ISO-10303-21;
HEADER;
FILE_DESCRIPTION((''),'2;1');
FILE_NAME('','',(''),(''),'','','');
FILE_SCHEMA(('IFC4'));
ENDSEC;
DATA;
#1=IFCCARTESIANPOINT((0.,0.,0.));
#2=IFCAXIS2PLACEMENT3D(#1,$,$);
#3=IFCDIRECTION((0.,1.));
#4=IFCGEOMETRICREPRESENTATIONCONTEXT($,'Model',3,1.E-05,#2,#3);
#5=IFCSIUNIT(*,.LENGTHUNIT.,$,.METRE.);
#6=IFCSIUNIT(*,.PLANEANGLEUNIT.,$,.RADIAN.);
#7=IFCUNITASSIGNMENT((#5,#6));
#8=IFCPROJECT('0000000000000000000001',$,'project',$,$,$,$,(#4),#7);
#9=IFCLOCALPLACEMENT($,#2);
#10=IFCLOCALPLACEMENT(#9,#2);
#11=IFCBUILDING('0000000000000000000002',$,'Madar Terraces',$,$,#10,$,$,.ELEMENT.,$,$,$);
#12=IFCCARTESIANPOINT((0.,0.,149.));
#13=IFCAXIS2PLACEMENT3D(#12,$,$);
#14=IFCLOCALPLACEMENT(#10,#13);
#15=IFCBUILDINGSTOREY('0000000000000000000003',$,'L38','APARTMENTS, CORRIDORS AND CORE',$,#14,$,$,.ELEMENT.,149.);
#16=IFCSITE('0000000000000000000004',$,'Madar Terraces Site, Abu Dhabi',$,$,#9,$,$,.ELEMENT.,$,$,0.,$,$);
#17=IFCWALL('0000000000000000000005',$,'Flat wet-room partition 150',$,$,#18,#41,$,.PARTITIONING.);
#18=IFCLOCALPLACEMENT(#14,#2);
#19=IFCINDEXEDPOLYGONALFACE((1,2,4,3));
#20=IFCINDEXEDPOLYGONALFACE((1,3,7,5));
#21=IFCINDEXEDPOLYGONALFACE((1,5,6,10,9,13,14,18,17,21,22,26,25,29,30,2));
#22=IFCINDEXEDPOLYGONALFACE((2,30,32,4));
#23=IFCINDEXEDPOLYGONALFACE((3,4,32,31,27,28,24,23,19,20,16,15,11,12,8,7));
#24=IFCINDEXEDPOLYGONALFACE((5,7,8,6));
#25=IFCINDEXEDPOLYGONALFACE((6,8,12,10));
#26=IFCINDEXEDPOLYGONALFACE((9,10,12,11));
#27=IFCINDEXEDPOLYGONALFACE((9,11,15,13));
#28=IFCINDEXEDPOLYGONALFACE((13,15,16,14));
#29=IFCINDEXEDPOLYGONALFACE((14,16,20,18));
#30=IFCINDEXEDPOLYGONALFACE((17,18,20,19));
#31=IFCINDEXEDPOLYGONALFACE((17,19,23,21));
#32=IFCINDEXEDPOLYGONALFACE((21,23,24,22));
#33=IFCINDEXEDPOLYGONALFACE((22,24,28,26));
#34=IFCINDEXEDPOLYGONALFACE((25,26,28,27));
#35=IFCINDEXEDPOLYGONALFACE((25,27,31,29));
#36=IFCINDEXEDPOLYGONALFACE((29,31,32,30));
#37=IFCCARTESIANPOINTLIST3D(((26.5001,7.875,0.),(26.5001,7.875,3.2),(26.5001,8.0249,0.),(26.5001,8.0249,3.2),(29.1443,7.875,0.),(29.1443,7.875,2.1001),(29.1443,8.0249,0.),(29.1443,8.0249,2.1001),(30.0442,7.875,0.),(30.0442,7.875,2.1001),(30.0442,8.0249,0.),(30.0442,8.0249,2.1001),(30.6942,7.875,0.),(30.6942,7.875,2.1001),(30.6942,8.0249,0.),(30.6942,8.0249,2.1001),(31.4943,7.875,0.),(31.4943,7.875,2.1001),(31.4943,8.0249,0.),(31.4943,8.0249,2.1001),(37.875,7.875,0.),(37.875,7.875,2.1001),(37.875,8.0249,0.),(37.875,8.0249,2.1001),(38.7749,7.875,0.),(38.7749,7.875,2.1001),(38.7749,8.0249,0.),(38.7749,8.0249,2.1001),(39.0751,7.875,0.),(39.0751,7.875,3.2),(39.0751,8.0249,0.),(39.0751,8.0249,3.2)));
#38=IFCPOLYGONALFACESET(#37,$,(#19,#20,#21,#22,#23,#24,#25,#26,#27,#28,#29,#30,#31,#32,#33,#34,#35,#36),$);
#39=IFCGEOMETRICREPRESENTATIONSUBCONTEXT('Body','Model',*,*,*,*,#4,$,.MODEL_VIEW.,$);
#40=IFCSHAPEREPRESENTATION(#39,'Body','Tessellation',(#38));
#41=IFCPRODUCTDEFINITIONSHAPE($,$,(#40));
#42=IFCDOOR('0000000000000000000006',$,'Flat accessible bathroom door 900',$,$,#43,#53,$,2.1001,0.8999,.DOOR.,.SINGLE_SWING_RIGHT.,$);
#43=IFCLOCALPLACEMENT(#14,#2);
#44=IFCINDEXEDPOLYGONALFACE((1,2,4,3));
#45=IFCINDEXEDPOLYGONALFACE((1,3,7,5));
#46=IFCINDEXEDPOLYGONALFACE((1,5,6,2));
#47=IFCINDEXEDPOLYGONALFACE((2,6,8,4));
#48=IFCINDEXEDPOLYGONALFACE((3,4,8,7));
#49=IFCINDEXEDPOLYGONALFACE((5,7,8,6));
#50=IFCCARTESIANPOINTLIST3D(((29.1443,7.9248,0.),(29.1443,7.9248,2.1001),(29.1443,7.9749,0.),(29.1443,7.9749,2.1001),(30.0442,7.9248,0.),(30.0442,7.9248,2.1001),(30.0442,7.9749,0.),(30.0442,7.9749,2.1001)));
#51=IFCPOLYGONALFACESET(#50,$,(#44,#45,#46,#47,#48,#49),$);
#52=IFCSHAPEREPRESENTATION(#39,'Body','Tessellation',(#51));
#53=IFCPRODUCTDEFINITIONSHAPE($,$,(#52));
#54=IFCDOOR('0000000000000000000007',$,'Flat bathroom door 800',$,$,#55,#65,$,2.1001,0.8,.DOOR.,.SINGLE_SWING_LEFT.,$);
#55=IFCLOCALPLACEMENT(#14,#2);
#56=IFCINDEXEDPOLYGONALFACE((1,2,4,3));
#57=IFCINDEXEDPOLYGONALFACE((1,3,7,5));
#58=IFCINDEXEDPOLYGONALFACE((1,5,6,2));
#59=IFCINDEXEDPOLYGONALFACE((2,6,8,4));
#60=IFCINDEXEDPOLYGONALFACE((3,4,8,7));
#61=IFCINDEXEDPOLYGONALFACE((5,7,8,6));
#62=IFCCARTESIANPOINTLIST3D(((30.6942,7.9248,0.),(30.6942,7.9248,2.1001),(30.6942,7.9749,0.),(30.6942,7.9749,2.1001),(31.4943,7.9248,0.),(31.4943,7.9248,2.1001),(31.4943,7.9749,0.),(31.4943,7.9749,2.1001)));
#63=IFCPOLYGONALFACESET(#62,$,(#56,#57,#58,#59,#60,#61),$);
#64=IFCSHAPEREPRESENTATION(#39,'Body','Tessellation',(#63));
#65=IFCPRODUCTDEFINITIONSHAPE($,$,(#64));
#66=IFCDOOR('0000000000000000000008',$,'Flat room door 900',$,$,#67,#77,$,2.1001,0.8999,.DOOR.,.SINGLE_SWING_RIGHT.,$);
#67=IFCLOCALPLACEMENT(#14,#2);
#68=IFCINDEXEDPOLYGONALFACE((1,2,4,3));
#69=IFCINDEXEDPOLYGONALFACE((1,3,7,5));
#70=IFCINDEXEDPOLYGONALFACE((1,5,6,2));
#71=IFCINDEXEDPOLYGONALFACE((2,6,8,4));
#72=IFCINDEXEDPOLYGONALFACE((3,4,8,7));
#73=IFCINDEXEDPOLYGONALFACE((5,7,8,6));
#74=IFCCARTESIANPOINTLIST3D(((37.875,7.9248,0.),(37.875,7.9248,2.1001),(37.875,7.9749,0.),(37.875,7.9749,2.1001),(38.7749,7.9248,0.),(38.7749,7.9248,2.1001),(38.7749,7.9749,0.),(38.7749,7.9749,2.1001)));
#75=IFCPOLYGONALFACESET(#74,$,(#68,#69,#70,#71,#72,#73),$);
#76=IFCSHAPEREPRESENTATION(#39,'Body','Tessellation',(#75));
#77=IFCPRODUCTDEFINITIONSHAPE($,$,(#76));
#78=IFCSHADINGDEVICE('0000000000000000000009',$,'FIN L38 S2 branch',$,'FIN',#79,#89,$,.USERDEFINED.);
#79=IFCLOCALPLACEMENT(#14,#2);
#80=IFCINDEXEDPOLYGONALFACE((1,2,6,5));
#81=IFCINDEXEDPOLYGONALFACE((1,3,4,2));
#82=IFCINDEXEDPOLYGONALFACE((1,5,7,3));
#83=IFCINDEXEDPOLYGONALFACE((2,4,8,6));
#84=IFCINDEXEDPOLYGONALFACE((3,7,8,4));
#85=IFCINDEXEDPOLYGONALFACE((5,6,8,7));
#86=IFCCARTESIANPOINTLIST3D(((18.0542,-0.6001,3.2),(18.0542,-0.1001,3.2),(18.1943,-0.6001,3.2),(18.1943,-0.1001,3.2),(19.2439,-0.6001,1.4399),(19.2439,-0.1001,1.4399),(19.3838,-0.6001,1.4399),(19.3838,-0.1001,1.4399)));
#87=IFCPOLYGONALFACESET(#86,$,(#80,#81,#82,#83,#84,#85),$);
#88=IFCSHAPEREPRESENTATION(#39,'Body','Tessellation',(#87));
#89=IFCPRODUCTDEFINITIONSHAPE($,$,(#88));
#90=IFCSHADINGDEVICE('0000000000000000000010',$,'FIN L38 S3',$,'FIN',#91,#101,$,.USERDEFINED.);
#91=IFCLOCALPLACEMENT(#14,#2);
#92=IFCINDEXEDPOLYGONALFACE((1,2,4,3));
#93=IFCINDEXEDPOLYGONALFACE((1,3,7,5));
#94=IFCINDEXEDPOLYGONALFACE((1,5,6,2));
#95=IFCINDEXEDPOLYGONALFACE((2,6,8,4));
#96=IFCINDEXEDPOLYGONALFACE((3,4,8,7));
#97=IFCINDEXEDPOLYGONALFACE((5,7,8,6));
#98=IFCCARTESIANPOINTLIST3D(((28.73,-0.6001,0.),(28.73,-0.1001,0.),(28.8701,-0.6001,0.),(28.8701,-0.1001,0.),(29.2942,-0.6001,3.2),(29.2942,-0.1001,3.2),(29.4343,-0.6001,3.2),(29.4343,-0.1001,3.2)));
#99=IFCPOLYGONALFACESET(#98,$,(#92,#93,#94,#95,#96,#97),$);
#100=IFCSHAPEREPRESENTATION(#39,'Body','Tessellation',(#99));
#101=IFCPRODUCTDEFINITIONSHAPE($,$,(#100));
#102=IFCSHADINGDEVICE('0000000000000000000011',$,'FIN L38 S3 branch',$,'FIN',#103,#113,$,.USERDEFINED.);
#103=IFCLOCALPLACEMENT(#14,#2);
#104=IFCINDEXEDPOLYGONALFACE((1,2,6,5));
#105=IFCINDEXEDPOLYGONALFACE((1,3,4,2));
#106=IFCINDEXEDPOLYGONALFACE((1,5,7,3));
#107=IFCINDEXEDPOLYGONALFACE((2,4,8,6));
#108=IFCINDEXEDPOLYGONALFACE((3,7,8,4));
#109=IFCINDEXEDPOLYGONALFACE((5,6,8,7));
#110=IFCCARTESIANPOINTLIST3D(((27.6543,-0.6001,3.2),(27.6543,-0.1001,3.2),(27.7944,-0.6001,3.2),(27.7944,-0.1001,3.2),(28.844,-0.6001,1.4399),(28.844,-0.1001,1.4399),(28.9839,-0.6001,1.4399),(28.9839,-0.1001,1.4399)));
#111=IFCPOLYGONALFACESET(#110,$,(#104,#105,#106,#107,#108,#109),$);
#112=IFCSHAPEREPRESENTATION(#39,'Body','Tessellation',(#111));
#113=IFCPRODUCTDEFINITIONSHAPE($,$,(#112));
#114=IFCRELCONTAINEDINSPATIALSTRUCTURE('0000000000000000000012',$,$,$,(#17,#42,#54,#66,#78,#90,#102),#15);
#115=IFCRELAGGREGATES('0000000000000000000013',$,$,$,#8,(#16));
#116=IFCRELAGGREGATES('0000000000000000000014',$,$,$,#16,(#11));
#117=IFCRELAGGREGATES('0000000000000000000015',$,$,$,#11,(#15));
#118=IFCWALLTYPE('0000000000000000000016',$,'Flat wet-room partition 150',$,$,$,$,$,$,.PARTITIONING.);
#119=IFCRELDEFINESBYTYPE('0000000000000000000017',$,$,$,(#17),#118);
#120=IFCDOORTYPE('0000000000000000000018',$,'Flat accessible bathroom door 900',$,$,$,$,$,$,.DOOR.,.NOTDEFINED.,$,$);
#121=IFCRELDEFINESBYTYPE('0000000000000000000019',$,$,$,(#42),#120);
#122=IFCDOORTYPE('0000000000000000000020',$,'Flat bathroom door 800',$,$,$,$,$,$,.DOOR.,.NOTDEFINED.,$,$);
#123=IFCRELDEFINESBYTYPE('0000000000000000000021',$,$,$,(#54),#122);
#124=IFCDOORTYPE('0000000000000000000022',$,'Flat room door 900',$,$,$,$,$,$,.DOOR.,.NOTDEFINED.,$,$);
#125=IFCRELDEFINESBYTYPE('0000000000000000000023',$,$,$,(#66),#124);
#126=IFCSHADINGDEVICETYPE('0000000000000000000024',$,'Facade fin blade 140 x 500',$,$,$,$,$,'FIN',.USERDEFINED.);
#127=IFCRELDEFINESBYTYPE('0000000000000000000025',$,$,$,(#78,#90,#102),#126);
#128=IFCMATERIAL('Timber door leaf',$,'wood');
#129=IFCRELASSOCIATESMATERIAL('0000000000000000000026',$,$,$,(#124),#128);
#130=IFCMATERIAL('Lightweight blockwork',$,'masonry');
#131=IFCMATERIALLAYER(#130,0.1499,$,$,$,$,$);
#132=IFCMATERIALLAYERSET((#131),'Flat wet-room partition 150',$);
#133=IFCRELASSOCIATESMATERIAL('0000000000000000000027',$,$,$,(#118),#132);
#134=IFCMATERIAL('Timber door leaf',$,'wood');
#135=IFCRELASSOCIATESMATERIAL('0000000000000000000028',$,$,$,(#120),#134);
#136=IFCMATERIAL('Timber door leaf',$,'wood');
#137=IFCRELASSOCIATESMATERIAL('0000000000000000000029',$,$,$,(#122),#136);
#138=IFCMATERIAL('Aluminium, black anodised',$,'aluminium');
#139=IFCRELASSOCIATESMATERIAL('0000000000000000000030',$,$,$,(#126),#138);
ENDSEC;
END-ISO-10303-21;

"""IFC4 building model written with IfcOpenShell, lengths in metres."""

from ifc_helpers import new_model, si_unit, direction, frame, frame_2d, origin, place, context, subcontext, project, spatial, polyline, rectangle, outline, extrude, material, layer, layer_set, type_object, element, fill, save


model = new_model("IFC4")

# Units and contexts
model_context = context("Model", 3, precision=1e-05, world=origin(), true_north=direction((0.0, 1.0)))
body_context = subcontext(model_context, "Body", "Model", "MODEL_VIEW")
ifc_project = project(units=[si_unit("LENGTHUNIT", "METRE"), si_unit("PLANEANGLEUNIT", "RADIAN")], contexts=[model_context])

# Site, building, storey
site_placement = place(None, origin())
site = spatial("IfcSite", under=ifc_project, at=site_placement, Name="Madar Terraces Site, Abu Dhabi", CompositionType="ELEMENT", RefElevation=0.0)
building_placement = place(site_placement, origin())
building = spatial("IfcBuilding", under=site, at=building_placement, Name="Madar Terraces", CompositionType="ELEMENT")
storey_placement = place(building_placement, frame((0.0, 0.0, 149.0)))
storey = spatial("IfcBuildingStorey", under=building, at=storey_placement, Name="L38", Description="APARTMENTS, CORRIDORS AND CORE", CompositionType="ELEMENT", Elevation=149.0)

# Wall, openings, doors
ifc_material_1 = material(Name="Timber door leaf", Category="wood")
door_type_1 = type_object("IfcDoorType", Name="Flat room door 900", OperationType="NOTDEFINED", PredefinedType="DOOR", material=ifc_material_1)
ifc_material_2 = material(Name="Lightweight blockwork", Category="masonry")
ifc_layer_1 = layer(ifc_material_2, 0.1499)
ifc_layer_set_1 = layer_set([ifc_layer_1], Name="Flat wet-room partition 150")
wall_type_1 = type_object("IfcWallType", Name="Flat wet-room partition 150", PredefinedType="PARTITIONING", material=ifc_layer_set_1)
wall_1_placement = place(storey_placement, frame((26.5, 7.95, 0.0), z_axis=(0.0, 0.0, 1.0), x_axis=(1.0, 0.0, 0.0)))
wall_1 = element("IfcWall", 1, at=wall_1_placement, inside=storey, type_object=wall_type_1, Name="Flat wet-room partition 150", PredefinedType="PARTITIONING", context=body_context, shape_type="SweptSolid", body=[
    extrude(rectangle(XDim=12.575, YDim=0.1499, at=frame_2d((6.2876, 0.0))), origin(), (0.0, 0.0, 1.0), 3.2),
])
opening_1_placement = place(wall_1_placement, frame((11.375, 0.0, 0.0)))
opening_1 = element("IfcOpeningElement", 2, at=opening_1_placement, cuts=wall_1, PredefinedType="OPENING", context=body_context, shape_type="SweptSolid", body=[
    extrude(rectangle(XDim=0.8999, YDim=2.1001, at=frame_2d((0.45, 1.05))), frame((0.0, 0.085, 0.0), z_axis=(0.0, -1.0, 0.0), x_axis=(1.0, 0.0, 0.0)), (0.0, 0.0, 1.0), 0.1699),
])
opening_2_placement = place(wall_1_placement, frame((4.1943, 0.0, 0.0)))
opening_2 = element("IfcOpeningElement", 3, at=opening_2_placement, cuts=wall_1, PredefinedType="OPENING", context=body_context, shape_type="SweptSolid", body=[
    extrude(rectangle(XDim=0.8, YDim=2.1001, at=frame_2d((0.3999, 1.05))), frame((0.0, 0.085, 0.0), z_axis=(0.0, -1.0, 0.0), x_axis=(1.0, 0.0, 0.0)), (0.0, 0.0, 1.0), 0.1699),
])
opening_3_placement = place(wall_1_placement, frame((2.6443, 0.0, 0.0)))
opening_3 = element("IfcOpeningElement", 4, at=opening_3_placement, cuts=wall_1, PredefinedType="OPENING", context=body_context, shape_type="SweptSolid", body=[
    extrude(rectangle(XDim=0.8999, YDim=2.1001, at=frame_2d((0.45, 1.05))), frame((0.0, 0.085, 0.0), z_axis=(0.0, -1.0, 0.0), x_axis=(1.0, 0.0, 0.0)), (0.0, 0.0, 1.0), 0.1699),
])
ifc_material_3 = material(Name="Timber door leaf", Category="wood")
door_type_2 = type_object("IfcDoorType", Name="Flat accessible bathroom door 900", OperationType="NOTDEFINED", PredefinedType="DOOR", material=ifc_material_3)
door_1_placement = place(opening_3_placement, origin())
door_1 = element("IfcDoor", 5, at=door_1_placement, inside=storey, type_object=door_type_2, Name="Flat accessible bathroom door 900", OperationType="SINGLE_SWING_RIGHT", OverallHeight=2.1001, OverallWidth=0.8999, PredefinedType="DOOR", context=body_context, shape_type="SweptSolid", body=[
    extrude(rectangle(XDim=0.8999, YDim=2.1001, at=frame_2d((0.45, 1.05))), frame((0.0, 0.0249, 0.0), z_axis=(0.0, -1.0, 0.0), x_axis=(1.0, 0.0, 0.0)), (0.0, 0.0, 1.0), 0.05),
])
fill(opening_3, door_1)
ifc_material_4 = material(Name="Timber door leaf", Category="wood")
door_type_3 = type_object("IfcDoorType", Name="Flat bathroom door 800", OperationType="NOTDEFINED", PredefinedType="DOOR", material=ifc_material_4)
door_2_placement = place(opening_2_placement, origin())
door_2 = element("IfcDoor", 6, at=door_2_placement, inside=storey, type_object=door_type_3, Name="Flat bathroom door 800", OperationType="SINGLE_SWING_LEFT", OverallHeight=2.1001, OverallWidth=0.8, PredefinedType="DOOR", context=body_context, shape_type="SweptSolid", body=[
    extrude(rectangle(XDim=0.8, YDim=2.1001, at=frame_2d((0.3999, 1.05))), frame((0.0, 0.0249, 0.0), z_axis=(0.0, -1.0, 0.0), x_axis=(1.0, 0.0, 0.0)), (0.0, 0.0, 1.0), 0.05),
])
fill(opening_2, door_2)
door_3_placement = place(opening_1_placement, origin())
door_3 = element("IfcDoor", 7, at=door_3_placement, inside=storey, type_object=door_type_1, Name="Flat room door 900", OperationType="SINGLE_SWING_RIGHT", OverallHeight=2.1001, OverallWidth=0.8999, PredefinedType="DOOR", context=body_context, shape_type="SweptSolid", body=[
    extrude(rectangle(XDim=0.8999, YDim=2.1001, at=frame_2d((0.45, 1.05))), frame((0.0, 0.0249, 0.0), z_axis=(0.0, -1.0, 0.0), x_axis=(1.0, 0.0, 0.0)), (0.0, 0.0, 1.0), 0.05),
])
fill(opening_1, door_3)

# Shading devices
ifc_material_5 = material(Name="Aluminium, black anodised", Category="aluminium")
shading_device_type = type_object("IfcShadingDeviceType", Name="Facade fin blade 140 x 500", ElementType="FIN", PredefinedType="USERDEFINED", material=ifc_material_5)
shading_device_1_placement = place(storey_placement, frame((19.2439, -0.3501, 1.4399), z_axis=(0.0, 0.0, 1.0), x_axis=(1.0, 0.0, 0.0)))
element("IfcShadingDevice", 8, at=shading_device_1_placement, inside=storey, type_object=shading_device_type, Name="FIN L38 S2 branch", ObjectType="FIN", PredefinedType="USERDEFINED", context=body_context, shape_type="SweptSolid", body=[
    extrude(outline(polyline([(0.0, 0.0), (0.1399, 0.0), (-1.0496, 1.76), (-1.1897, 1.76), (0.0, 0.0)])), frame((0.0, 0.25, 0.0), z_axis=(0.0, -1.0, 0.0), x_axis=(1.0, 0.0, 0.0)), (0.0, 0.0, 1.0), 0.5),
])
shading_device_2_placement = place(storey_placement, frame((28.73, -0.3501, 0.0), z_axis=(0.0, 0.0, 1.0), x_axis=(1.0, 0.0, 0.0)))
element("IfcShadingDevice", 9, at=shading_device_2_placement, inside=storey, type_object=shading_device_type, Name="FIN L38 S3", ObjectType="FIN", PredefinedType="USERDEFINED", context=body_context, shape_type="SweptSolid", body=[
    extrude(outline(polyline([(0.0, 0.0), (0.1401, 0.0), (0.7043, 3.2), (0.5642, 3.2), (0.0, 0.0)])), frame((0.0, 0.25, 0.0), z_axis=(0.0, -1.0, 0.0), x_axis=(1.0, 0.0, 0.0)), (0.0, 0.0, 1.0), 0.5),
])
shading_device_3_placement = place(storey_placement, frame((28.844, -0.3501, 1.4399), z_axis=(0.0, 0.0, 1.0), x_axis=(1.0, 0.0, 0.0)))
element("IfcShadingDevice", 10, at=shading_device_3_placement, inside=storey, type_object=shading_device_type, Name="FIN L38 S3 branch", ObjectType="FIN", PredefinedType="USERDEFINED", context=body_context, shape_type="SweptSolid", body=[
    extrude(outline(polyline([(0.0, 0.0), (0.1399, 0.0), (-1.0496, 1.76), (-1.1897, 1.76), (0.0, 0.0)])), frame((0.0, 0.25, 0.0), z_axis=(0.0, -1.0, 0.0), x_axis=(1.0, 0.0, 0.0)), (0.0, 0.0, 1.0), 0.5),
])

save(model, "model.ifc")
